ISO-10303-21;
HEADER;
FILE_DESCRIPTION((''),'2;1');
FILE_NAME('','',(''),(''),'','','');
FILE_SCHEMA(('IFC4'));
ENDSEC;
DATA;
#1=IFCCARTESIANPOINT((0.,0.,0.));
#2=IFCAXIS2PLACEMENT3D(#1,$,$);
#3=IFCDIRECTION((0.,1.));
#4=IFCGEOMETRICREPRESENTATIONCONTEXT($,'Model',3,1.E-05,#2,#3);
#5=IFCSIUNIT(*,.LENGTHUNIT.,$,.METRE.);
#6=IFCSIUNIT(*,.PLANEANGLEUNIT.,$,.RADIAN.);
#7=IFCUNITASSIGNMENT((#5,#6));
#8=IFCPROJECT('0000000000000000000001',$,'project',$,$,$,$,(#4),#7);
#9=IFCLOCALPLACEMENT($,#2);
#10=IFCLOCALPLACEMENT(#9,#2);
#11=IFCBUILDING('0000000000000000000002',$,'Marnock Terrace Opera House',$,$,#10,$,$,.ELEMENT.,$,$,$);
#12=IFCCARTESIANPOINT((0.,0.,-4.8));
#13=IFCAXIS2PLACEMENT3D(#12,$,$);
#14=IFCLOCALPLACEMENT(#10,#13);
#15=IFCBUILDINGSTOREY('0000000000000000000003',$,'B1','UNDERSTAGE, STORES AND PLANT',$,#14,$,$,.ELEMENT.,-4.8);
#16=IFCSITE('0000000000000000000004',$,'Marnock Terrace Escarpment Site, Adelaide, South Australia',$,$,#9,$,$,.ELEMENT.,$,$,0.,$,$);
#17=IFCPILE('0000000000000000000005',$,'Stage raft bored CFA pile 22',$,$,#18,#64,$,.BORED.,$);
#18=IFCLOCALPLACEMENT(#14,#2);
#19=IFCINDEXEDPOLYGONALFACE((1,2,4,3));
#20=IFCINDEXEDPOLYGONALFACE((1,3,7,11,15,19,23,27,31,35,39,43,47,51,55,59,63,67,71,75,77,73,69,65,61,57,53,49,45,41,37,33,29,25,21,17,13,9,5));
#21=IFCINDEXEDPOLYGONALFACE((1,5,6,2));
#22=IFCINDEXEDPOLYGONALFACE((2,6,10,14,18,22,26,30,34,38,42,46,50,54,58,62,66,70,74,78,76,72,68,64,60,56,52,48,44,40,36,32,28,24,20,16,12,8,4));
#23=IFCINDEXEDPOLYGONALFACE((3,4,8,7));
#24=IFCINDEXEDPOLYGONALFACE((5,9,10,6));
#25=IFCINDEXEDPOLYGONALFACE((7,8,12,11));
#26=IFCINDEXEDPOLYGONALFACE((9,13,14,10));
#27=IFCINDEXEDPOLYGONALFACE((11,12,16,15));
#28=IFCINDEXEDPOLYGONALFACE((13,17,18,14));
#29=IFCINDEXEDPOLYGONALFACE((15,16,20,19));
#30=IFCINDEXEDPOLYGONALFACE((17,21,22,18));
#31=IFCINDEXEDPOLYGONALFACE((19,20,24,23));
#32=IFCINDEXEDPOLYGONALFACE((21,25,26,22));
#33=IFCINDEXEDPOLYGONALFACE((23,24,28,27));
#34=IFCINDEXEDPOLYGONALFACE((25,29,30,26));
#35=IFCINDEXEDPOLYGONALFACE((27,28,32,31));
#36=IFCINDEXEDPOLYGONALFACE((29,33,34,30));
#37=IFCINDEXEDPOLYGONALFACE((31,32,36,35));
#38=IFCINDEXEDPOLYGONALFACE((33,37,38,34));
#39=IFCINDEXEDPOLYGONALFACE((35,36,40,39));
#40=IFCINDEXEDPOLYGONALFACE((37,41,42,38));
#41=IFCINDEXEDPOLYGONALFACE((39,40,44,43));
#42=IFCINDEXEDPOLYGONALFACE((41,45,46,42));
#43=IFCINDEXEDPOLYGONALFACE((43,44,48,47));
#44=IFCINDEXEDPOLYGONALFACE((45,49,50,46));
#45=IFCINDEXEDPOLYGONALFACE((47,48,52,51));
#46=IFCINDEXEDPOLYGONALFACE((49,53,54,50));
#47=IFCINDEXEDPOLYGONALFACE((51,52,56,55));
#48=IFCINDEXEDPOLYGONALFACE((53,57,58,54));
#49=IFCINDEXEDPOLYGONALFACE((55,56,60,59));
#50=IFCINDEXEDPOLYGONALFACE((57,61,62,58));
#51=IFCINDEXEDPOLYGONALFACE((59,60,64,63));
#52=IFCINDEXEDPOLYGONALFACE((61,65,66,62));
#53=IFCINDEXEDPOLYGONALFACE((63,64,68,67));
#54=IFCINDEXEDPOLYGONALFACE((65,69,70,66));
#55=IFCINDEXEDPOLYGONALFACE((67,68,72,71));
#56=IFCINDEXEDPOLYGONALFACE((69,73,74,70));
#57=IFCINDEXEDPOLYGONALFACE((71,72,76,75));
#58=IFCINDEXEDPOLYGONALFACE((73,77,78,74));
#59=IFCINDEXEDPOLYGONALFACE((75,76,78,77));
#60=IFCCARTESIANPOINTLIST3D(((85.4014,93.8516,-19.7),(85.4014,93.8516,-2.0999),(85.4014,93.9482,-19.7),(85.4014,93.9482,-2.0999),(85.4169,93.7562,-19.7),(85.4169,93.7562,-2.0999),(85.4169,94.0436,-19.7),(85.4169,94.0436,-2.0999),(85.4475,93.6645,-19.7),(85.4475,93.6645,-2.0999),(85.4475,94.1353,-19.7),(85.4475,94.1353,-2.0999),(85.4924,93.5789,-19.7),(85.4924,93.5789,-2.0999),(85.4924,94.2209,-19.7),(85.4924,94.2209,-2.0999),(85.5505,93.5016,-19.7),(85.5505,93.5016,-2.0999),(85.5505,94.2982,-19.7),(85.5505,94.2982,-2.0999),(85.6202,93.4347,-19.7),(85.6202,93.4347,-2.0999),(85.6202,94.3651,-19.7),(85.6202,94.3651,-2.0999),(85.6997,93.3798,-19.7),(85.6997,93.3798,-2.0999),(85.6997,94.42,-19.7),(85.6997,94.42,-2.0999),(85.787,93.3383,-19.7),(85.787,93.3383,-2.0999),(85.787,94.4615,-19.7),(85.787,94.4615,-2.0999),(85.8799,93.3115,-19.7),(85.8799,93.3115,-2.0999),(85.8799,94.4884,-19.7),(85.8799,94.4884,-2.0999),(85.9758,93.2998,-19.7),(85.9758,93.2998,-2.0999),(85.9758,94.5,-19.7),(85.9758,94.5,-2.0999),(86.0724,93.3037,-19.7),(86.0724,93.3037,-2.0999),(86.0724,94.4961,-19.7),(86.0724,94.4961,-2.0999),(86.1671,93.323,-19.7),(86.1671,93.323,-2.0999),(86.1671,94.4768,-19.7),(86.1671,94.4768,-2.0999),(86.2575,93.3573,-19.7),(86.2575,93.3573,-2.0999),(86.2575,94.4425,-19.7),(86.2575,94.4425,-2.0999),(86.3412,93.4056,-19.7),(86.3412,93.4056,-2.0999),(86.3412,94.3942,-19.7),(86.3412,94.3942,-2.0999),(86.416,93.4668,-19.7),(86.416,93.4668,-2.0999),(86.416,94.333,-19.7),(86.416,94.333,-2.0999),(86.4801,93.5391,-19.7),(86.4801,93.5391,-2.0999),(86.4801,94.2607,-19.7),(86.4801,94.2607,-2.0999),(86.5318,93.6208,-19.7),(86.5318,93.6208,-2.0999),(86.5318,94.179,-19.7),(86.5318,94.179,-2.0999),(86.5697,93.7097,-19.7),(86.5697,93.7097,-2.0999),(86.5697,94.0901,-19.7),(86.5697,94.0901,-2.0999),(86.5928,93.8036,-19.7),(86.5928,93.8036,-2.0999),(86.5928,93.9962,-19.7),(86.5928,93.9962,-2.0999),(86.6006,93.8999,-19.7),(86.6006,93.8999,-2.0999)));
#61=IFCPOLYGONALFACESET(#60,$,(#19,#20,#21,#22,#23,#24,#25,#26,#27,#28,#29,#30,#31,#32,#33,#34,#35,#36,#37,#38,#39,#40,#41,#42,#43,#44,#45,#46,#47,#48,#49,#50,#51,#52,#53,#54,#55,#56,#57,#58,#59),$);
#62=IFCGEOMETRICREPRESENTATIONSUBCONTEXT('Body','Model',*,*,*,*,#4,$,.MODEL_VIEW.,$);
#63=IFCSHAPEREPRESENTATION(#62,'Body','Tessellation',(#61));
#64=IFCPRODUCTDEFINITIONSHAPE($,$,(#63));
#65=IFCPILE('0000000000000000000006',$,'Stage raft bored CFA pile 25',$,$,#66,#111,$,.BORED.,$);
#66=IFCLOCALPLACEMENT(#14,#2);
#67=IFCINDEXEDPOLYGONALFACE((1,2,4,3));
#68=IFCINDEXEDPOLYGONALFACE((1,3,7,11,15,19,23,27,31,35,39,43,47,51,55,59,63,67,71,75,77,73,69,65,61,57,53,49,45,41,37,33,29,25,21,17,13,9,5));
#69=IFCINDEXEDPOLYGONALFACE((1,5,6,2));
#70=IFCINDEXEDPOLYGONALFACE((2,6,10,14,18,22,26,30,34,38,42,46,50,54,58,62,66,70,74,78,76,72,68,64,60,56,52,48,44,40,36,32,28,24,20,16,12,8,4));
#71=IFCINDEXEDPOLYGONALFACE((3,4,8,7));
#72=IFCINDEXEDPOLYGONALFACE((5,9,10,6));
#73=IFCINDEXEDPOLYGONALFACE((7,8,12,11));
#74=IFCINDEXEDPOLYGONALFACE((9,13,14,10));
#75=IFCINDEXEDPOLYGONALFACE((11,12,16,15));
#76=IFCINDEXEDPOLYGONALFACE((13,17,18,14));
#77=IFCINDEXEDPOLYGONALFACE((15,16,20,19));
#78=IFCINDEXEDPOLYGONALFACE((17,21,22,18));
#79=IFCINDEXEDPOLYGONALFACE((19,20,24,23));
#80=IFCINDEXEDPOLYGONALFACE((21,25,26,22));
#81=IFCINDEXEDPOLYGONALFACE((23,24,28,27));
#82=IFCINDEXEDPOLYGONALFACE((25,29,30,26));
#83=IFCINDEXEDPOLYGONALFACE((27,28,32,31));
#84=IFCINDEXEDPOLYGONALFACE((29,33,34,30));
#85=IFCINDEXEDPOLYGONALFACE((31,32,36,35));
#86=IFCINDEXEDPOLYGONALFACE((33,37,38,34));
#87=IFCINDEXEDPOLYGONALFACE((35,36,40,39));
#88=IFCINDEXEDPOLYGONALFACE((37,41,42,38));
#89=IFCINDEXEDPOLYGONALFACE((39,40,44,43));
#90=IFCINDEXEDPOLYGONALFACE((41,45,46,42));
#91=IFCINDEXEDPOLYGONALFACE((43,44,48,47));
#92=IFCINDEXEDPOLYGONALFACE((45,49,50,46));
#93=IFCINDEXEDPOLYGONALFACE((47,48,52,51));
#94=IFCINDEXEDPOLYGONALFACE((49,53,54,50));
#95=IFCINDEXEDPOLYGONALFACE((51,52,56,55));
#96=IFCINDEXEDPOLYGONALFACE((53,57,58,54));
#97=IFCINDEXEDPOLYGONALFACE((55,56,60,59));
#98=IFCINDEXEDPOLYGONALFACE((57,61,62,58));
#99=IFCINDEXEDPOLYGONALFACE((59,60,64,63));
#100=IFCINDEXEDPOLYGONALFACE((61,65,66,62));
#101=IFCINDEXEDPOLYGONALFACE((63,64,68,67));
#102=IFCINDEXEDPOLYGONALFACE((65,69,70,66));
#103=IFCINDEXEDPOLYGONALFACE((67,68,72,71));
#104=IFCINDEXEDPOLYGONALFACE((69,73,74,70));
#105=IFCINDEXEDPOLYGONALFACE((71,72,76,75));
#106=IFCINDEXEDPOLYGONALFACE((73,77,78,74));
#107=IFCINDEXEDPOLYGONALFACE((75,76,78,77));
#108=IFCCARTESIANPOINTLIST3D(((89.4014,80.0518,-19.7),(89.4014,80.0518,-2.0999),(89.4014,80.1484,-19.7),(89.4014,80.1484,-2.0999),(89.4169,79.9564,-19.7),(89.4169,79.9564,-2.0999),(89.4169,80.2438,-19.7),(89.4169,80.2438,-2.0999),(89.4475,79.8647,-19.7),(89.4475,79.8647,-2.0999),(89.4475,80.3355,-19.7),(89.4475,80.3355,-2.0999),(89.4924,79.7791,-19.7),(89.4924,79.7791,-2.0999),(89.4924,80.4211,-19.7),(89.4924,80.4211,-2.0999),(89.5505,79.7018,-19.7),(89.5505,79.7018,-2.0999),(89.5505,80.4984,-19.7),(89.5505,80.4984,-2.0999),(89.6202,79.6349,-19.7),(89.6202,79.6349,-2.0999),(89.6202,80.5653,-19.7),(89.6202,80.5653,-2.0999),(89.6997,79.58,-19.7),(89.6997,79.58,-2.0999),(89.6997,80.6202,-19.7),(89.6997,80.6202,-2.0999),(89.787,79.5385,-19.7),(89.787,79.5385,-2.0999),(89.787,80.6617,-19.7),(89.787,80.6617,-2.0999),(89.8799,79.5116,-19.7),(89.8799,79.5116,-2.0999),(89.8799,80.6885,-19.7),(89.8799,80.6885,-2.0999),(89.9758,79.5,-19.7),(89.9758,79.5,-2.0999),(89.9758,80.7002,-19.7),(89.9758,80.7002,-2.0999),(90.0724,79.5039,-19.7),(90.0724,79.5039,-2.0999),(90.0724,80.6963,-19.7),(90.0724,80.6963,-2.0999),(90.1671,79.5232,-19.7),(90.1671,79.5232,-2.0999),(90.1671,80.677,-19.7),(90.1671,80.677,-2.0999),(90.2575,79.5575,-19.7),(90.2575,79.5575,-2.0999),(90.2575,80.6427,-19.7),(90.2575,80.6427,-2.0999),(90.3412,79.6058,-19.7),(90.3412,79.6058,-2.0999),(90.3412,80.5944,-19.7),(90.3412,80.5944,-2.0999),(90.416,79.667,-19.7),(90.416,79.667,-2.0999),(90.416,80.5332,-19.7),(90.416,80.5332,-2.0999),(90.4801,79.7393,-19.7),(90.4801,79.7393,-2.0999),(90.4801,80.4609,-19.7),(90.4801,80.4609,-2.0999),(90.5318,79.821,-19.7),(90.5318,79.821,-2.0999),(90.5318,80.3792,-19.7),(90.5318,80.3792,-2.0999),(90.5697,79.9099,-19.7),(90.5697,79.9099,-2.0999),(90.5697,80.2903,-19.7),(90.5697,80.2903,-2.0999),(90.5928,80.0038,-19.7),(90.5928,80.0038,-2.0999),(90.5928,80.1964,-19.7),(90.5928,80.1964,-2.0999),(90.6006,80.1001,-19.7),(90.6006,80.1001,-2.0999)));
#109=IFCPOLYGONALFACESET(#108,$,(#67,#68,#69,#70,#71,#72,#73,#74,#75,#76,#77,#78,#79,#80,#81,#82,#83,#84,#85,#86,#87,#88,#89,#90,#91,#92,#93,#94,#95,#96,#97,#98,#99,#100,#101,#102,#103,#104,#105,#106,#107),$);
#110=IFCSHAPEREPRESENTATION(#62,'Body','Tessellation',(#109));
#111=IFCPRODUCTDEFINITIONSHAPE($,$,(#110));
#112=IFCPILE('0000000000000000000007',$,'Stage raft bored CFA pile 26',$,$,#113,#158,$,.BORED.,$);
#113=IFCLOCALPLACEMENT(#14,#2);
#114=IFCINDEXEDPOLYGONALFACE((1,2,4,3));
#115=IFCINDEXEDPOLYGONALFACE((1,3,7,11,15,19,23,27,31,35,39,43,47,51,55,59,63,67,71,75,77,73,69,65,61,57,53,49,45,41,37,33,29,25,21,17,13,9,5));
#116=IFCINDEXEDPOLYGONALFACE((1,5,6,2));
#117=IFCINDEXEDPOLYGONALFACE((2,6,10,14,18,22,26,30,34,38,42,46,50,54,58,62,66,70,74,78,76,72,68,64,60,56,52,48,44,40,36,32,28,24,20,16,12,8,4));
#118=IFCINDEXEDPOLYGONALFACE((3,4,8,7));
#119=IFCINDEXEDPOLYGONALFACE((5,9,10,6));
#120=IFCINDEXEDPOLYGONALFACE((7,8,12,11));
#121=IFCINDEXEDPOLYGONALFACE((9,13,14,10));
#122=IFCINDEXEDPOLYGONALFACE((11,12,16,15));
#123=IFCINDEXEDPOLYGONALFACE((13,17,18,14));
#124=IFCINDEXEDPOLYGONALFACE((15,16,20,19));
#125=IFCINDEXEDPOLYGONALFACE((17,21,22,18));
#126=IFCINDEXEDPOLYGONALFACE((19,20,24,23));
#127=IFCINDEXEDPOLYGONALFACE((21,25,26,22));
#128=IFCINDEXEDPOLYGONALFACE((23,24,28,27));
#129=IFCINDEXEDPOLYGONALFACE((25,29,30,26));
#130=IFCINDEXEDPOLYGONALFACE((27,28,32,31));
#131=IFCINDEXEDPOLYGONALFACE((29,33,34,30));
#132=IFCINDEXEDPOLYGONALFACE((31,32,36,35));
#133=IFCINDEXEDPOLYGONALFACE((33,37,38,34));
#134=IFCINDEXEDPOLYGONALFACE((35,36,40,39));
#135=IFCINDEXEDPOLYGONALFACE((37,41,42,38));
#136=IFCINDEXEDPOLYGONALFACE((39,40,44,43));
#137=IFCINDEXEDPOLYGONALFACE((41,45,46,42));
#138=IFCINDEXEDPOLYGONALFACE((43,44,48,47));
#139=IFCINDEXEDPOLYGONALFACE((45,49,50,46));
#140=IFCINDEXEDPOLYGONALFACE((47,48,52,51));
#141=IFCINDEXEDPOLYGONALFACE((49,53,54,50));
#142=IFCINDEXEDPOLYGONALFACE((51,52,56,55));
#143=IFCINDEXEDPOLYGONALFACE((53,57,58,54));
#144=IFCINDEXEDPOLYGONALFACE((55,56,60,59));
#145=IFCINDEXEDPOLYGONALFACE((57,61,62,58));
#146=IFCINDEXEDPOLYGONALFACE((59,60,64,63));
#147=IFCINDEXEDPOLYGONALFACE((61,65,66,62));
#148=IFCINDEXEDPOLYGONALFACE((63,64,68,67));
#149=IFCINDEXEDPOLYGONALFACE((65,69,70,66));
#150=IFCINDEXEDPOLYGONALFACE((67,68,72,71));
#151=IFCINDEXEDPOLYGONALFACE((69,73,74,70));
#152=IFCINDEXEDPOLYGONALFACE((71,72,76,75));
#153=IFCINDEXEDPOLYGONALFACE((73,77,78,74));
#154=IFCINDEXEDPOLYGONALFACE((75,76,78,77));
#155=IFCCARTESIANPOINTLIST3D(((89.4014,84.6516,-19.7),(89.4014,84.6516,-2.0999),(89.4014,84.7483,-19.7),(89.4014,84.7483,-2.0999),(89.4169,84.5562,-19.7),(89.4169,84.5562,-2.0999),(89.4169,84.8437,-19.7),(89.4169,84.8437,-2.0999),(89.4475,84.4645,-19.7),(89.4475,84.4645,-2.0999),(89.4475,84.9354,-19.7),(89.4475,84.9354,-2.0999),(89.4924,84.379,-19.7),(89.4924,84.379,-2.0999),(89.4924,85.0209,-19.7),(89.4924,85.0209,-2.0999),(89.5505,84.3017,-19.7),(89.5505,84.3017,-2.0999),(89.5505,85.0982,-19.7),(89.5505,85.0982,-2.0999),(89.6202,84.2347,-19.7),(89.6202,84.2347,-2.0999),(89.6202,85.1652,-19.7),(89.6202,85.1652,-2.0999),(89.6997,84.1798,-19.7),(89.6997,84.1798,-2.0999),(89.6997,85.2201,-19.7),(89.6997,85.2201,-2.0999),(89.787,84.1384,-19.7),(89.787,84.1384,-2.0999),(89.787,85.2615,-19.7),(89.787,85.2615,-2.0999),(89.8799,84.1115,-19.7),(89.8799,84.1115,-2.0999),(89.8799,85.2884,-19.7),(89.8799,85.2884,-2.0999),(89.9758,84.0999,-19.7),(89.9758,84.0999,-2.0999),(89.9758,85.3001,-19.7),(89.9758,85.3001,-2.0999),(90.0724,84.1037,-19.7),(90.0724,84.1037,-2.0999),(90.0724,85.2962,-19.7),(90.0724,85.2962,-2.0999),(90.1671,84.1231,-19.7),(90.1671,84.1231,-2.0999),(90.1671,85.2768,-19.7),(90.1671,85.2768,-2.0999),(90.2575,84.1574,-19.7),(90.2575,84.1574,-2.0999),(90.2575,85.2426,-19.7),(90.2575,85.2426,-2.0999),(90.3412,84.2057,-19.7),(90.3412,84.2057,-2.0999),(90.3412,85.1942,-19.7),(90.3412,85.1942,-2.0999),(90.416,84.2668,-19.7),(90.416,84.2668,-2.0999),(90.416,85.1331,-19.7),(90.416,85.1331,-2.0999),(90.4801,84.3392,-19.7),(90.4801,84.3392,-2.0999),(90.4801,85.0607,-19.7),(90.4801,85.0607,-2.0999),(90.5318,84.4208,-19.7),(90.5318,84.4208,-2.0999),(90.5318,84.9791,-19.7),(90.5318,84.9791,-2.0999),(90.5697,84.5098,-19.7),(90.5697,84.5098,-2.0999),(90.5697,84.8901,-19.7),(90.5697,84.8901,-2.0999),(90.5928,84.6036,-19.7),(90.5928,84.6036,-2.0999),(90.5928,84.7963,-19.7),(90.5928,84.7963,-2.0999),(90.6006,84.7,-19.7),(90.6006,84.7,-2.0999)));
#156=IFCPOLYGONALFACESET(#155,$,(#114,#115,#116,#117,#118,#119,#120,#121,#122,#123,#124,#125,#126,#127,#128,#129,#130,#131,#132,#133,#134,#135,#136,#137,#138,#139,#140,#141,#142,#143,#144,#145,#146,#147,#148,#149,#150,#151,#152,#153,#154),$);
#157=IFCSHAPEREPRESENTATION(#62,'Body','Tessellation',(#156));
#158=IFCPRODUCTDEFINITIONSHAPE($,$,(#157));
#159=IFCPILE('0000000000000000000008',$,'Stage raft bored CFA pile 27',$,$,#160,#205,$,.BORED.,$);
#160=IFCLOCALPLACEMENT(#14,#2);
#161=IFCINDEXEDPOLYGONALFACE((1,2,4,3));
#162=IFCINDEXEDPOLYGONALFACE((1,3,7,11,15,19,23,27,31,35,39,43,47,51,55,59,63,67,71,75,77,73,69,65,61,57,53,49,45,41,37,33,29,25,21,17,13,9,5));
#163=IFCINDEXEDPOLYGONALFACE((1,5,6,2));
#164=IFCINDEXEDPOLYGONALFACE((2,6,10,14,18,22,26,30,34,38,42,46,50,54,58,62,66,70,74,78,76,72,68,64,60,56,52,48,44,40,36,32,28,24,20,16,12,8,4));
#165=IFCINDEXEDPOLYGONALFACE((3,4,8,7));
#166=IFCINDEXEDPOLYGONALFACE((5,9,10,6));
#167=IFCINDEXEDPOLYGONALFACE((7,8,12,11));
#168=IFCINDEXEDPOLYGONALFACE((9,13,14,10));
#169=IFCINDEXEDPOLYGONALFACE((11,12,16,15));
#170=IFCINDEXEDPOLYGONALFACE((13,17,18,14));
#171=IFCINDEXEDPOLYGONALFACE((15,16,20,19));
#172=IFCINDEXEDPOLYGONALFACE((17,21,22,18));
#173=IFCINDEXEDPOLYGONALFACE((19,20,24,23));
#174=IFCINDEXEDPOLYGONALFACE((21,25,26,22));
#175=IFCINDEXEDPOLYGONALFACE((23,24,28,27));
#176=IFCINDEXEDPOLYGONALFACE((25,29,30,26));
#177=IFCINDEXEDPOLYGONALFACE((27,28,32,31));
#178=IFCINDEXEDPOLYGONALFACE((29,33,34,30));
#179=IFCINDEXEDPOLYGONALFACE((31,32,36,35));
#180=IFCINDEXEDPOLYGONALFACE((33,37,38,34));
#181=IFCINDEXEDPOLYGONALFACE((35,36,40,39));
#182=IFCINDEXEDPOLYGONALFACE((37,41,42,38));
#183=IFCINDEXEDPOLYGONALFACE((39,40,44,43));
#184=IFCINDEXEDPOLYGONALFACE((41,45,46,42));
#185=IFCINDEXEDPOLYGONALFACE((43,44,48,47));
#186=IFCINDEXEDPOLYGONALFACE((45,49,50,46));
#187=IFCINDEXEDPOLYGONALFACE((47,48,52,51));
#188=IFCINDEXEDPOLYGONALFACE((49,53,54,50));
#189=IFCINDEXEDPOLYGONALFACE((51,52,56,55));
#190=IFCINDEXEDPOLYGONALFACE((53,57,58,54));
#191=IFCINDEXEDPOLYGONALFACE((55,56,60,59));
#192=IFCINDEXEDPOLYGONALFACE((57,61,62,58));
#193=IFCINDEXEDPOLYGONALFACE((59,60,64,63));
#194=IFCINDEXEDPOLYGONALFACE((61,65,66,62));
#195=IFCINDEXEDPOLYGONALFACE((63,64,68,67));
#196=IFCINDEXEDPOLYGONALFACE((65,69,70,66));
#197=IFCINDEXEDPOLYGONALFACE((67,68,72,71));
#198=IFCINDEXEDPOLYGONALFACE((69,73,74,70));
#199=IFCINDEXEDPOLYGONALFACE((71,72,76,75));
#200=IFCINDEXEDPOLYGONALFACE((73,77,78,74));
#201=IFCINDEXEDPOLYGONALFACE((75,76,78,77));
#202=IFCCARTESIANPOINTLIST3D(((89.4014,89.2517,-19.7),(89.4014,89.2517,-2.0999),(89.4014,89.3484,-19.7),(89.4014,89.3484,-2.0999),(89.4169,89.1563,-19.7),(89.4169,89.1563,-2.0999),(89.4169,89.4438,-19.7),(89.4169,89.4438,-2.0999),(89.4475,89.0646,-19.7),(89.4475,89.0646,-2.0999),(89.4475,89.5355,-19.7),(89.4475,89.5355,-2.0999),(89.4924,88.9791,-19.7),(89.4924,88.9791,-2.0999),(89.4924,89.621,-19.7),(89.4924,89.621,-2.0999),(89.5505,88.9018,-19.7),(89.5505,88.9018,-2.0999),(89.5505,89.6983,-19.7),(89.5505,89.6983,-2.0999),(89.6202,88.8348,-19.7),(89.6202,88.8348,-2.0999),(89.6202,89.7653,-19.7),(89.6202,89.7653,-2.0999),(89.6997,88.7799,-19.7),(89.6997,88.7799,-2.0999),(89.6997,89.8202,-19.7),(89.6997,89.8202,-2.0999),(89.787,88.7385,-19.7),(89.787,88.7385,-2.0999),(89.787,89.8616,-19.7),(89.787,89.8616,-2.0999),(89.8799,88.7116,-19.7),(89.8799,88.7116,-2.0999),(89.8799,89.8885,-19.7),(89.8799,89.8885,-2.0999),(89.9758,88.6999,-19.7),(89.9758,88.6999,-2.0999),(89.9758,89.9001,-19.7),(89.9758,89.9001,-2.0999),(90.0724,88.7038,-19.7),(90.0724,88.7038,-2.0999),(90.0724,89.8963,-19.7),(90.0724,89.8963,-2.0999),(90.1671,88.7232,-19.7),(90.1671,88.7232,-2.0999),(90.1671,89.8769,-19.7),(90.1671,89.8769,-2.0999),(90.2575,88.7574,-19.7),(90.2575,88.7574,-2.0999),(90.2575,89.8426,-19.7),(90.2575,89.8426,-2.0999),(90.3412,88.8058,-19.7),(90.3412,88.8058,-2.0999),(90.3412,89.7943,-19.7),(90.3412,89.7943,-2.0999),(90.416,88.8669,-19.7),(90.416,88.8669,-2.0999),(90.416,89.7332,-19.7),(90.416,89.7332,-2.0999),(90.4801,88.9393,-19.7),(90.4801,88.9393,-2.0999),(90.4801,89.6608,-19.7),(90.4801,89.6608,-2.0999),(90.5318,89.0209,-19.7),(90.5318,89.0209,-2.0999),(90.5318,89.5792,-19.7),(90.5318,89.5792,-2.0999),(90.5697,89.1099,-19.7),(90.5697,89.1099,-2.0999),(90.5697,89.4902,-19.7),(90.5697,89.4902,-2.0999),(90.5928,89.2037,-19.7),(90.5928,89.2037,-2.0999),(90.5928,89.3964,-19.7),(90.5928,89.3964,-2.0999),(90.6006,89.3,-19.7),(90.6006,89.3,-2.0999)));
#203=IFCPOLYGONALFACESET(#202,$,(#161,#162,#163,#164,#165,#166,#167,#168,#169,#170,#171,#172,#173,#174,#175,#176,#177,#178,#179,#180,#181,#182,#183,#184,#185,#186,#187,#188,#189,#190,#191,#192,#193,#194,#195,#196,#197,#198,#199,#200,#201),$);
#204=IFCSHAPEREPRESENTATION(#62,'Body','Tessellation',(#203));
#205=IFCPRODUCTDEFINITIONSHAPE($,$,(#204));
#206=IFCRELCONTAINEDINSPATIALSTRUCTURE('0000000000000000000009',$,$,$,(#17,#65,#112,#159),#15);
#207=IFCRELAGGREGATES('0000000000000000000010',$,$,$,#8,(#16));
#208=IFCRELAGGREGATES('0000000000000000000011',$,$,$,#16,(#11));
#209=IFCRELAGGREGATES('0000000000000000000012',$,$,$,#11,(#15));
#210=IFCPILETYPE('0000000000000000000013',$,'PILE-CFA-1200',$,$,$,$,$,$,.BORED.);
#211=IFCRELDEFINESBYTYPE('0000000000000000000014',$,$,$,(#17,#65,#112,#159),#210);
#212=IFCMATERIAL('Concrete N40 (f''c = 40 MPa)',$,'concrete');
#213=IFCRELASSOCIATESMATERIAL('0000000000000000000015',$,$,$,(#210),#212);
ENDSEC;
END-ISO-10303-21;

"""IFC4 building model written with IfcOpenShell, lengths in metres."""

from ifc_helpers import new_model, si_unit, direction, frame, origin, origin_2d, place, context, subcontext, project, spatial, circle, extrude, material, material_profile, profile_set, type_object, element, save


model = new_model("IFC4")

# Units and contexts
model_context = context("Model", 3, precision=1e-05, world=origin(), true_north=direction((0.0, 1.0)))
body_context = subcontext(model_context, "Body", "Model", "MODEL_VIEW")
ifc_project = project(units=[si_unit("LENGTHUNIT", "METRE"), si_unit("PLANEANGLEUNIT", "RADIAN")], contexts=[model_context])

# Site, building, storey
site_placement = place(None, origin())
site = spatial("IfcSite", under=ifc_project, at=site_placement, Name="Marnock Terrace Escarpment Site, Adelaide, South Australia", CompositionType="ELEMENT", RefElevation=0.0)
building_placement = place(site_placement, origin())
building = spatial("IfcBuilding", under=site, at=building_placement, Name="Marnock Terrace Opera House", CompositionType="ELEMENT")
storey_placement = place(building_placement, frame((0.0, 0.0, -4.8)))
storey = spatial("IfcBuildingStorey", under=building, at=storey_placement, Name="B1", Description="UNDERSTAGE, STORES AND PLANT", CompositionType="ELEMENT", Elevation=-4.8)

# Shared definitions
ifc_material_1 = material(Name="Concrete N40 (f'c = 40 MPa)", Category="concrete")

# Piles
ifc_material_profile_1 = material_profile(ifc_material_1, circle(Radius=0.6006, at=origin_2d()))
ifc_profile_set_1 = profile_set([ifc_material_profile_1], Name="Concrete N40 (f'c = 40 MPa)")
pile_type = type_object("IfcPileType", Name="PILE-CFA-1200", PredefinedType="BORED", material=ifc_profile_set_1)
for number, where, z_axis, x_axis, name in (
    (1, (86.0, 93.8999, -2.0999), (0.0, 0.0, -1.0), (1.0, 0.0, 0.0), "Stage raft bored CFA pile 22"),
    (2, (90.0, 80.1001, -2.0999), (0.0, 0.0, -1.0), (1.0, 0.0, 0.0), "Stage raft bored CFA pile 25"),
    (3, (90.0, 84.7, -2.0999), (0.0, 0.0, -1.0), (1.0, 0.0, 0.0), "Stage raft bored CFA pile 26"),
    (4, (90.0, 89.3, -2.0999), (0.0, 0.0, -1.0), (1.0, 0.0, 0.0), "Stage raft bored CFA pile 27"),
):
    element("IfcPile", number, at=place(storey_placement, frame(where, z_axis=z_axis, x_axis=x_axis)), inside=storey, type_object=pile_type, Name=name, PredefinedType="BORED", context=body_context, shape_type="SweptSolid", body=[
        extrude(circle(Radius=0.6006, at=origin_2d()), origin(), (0.0, 0.0, 1.0), 17.6001),
    ])

save(model, "model.ifc")
